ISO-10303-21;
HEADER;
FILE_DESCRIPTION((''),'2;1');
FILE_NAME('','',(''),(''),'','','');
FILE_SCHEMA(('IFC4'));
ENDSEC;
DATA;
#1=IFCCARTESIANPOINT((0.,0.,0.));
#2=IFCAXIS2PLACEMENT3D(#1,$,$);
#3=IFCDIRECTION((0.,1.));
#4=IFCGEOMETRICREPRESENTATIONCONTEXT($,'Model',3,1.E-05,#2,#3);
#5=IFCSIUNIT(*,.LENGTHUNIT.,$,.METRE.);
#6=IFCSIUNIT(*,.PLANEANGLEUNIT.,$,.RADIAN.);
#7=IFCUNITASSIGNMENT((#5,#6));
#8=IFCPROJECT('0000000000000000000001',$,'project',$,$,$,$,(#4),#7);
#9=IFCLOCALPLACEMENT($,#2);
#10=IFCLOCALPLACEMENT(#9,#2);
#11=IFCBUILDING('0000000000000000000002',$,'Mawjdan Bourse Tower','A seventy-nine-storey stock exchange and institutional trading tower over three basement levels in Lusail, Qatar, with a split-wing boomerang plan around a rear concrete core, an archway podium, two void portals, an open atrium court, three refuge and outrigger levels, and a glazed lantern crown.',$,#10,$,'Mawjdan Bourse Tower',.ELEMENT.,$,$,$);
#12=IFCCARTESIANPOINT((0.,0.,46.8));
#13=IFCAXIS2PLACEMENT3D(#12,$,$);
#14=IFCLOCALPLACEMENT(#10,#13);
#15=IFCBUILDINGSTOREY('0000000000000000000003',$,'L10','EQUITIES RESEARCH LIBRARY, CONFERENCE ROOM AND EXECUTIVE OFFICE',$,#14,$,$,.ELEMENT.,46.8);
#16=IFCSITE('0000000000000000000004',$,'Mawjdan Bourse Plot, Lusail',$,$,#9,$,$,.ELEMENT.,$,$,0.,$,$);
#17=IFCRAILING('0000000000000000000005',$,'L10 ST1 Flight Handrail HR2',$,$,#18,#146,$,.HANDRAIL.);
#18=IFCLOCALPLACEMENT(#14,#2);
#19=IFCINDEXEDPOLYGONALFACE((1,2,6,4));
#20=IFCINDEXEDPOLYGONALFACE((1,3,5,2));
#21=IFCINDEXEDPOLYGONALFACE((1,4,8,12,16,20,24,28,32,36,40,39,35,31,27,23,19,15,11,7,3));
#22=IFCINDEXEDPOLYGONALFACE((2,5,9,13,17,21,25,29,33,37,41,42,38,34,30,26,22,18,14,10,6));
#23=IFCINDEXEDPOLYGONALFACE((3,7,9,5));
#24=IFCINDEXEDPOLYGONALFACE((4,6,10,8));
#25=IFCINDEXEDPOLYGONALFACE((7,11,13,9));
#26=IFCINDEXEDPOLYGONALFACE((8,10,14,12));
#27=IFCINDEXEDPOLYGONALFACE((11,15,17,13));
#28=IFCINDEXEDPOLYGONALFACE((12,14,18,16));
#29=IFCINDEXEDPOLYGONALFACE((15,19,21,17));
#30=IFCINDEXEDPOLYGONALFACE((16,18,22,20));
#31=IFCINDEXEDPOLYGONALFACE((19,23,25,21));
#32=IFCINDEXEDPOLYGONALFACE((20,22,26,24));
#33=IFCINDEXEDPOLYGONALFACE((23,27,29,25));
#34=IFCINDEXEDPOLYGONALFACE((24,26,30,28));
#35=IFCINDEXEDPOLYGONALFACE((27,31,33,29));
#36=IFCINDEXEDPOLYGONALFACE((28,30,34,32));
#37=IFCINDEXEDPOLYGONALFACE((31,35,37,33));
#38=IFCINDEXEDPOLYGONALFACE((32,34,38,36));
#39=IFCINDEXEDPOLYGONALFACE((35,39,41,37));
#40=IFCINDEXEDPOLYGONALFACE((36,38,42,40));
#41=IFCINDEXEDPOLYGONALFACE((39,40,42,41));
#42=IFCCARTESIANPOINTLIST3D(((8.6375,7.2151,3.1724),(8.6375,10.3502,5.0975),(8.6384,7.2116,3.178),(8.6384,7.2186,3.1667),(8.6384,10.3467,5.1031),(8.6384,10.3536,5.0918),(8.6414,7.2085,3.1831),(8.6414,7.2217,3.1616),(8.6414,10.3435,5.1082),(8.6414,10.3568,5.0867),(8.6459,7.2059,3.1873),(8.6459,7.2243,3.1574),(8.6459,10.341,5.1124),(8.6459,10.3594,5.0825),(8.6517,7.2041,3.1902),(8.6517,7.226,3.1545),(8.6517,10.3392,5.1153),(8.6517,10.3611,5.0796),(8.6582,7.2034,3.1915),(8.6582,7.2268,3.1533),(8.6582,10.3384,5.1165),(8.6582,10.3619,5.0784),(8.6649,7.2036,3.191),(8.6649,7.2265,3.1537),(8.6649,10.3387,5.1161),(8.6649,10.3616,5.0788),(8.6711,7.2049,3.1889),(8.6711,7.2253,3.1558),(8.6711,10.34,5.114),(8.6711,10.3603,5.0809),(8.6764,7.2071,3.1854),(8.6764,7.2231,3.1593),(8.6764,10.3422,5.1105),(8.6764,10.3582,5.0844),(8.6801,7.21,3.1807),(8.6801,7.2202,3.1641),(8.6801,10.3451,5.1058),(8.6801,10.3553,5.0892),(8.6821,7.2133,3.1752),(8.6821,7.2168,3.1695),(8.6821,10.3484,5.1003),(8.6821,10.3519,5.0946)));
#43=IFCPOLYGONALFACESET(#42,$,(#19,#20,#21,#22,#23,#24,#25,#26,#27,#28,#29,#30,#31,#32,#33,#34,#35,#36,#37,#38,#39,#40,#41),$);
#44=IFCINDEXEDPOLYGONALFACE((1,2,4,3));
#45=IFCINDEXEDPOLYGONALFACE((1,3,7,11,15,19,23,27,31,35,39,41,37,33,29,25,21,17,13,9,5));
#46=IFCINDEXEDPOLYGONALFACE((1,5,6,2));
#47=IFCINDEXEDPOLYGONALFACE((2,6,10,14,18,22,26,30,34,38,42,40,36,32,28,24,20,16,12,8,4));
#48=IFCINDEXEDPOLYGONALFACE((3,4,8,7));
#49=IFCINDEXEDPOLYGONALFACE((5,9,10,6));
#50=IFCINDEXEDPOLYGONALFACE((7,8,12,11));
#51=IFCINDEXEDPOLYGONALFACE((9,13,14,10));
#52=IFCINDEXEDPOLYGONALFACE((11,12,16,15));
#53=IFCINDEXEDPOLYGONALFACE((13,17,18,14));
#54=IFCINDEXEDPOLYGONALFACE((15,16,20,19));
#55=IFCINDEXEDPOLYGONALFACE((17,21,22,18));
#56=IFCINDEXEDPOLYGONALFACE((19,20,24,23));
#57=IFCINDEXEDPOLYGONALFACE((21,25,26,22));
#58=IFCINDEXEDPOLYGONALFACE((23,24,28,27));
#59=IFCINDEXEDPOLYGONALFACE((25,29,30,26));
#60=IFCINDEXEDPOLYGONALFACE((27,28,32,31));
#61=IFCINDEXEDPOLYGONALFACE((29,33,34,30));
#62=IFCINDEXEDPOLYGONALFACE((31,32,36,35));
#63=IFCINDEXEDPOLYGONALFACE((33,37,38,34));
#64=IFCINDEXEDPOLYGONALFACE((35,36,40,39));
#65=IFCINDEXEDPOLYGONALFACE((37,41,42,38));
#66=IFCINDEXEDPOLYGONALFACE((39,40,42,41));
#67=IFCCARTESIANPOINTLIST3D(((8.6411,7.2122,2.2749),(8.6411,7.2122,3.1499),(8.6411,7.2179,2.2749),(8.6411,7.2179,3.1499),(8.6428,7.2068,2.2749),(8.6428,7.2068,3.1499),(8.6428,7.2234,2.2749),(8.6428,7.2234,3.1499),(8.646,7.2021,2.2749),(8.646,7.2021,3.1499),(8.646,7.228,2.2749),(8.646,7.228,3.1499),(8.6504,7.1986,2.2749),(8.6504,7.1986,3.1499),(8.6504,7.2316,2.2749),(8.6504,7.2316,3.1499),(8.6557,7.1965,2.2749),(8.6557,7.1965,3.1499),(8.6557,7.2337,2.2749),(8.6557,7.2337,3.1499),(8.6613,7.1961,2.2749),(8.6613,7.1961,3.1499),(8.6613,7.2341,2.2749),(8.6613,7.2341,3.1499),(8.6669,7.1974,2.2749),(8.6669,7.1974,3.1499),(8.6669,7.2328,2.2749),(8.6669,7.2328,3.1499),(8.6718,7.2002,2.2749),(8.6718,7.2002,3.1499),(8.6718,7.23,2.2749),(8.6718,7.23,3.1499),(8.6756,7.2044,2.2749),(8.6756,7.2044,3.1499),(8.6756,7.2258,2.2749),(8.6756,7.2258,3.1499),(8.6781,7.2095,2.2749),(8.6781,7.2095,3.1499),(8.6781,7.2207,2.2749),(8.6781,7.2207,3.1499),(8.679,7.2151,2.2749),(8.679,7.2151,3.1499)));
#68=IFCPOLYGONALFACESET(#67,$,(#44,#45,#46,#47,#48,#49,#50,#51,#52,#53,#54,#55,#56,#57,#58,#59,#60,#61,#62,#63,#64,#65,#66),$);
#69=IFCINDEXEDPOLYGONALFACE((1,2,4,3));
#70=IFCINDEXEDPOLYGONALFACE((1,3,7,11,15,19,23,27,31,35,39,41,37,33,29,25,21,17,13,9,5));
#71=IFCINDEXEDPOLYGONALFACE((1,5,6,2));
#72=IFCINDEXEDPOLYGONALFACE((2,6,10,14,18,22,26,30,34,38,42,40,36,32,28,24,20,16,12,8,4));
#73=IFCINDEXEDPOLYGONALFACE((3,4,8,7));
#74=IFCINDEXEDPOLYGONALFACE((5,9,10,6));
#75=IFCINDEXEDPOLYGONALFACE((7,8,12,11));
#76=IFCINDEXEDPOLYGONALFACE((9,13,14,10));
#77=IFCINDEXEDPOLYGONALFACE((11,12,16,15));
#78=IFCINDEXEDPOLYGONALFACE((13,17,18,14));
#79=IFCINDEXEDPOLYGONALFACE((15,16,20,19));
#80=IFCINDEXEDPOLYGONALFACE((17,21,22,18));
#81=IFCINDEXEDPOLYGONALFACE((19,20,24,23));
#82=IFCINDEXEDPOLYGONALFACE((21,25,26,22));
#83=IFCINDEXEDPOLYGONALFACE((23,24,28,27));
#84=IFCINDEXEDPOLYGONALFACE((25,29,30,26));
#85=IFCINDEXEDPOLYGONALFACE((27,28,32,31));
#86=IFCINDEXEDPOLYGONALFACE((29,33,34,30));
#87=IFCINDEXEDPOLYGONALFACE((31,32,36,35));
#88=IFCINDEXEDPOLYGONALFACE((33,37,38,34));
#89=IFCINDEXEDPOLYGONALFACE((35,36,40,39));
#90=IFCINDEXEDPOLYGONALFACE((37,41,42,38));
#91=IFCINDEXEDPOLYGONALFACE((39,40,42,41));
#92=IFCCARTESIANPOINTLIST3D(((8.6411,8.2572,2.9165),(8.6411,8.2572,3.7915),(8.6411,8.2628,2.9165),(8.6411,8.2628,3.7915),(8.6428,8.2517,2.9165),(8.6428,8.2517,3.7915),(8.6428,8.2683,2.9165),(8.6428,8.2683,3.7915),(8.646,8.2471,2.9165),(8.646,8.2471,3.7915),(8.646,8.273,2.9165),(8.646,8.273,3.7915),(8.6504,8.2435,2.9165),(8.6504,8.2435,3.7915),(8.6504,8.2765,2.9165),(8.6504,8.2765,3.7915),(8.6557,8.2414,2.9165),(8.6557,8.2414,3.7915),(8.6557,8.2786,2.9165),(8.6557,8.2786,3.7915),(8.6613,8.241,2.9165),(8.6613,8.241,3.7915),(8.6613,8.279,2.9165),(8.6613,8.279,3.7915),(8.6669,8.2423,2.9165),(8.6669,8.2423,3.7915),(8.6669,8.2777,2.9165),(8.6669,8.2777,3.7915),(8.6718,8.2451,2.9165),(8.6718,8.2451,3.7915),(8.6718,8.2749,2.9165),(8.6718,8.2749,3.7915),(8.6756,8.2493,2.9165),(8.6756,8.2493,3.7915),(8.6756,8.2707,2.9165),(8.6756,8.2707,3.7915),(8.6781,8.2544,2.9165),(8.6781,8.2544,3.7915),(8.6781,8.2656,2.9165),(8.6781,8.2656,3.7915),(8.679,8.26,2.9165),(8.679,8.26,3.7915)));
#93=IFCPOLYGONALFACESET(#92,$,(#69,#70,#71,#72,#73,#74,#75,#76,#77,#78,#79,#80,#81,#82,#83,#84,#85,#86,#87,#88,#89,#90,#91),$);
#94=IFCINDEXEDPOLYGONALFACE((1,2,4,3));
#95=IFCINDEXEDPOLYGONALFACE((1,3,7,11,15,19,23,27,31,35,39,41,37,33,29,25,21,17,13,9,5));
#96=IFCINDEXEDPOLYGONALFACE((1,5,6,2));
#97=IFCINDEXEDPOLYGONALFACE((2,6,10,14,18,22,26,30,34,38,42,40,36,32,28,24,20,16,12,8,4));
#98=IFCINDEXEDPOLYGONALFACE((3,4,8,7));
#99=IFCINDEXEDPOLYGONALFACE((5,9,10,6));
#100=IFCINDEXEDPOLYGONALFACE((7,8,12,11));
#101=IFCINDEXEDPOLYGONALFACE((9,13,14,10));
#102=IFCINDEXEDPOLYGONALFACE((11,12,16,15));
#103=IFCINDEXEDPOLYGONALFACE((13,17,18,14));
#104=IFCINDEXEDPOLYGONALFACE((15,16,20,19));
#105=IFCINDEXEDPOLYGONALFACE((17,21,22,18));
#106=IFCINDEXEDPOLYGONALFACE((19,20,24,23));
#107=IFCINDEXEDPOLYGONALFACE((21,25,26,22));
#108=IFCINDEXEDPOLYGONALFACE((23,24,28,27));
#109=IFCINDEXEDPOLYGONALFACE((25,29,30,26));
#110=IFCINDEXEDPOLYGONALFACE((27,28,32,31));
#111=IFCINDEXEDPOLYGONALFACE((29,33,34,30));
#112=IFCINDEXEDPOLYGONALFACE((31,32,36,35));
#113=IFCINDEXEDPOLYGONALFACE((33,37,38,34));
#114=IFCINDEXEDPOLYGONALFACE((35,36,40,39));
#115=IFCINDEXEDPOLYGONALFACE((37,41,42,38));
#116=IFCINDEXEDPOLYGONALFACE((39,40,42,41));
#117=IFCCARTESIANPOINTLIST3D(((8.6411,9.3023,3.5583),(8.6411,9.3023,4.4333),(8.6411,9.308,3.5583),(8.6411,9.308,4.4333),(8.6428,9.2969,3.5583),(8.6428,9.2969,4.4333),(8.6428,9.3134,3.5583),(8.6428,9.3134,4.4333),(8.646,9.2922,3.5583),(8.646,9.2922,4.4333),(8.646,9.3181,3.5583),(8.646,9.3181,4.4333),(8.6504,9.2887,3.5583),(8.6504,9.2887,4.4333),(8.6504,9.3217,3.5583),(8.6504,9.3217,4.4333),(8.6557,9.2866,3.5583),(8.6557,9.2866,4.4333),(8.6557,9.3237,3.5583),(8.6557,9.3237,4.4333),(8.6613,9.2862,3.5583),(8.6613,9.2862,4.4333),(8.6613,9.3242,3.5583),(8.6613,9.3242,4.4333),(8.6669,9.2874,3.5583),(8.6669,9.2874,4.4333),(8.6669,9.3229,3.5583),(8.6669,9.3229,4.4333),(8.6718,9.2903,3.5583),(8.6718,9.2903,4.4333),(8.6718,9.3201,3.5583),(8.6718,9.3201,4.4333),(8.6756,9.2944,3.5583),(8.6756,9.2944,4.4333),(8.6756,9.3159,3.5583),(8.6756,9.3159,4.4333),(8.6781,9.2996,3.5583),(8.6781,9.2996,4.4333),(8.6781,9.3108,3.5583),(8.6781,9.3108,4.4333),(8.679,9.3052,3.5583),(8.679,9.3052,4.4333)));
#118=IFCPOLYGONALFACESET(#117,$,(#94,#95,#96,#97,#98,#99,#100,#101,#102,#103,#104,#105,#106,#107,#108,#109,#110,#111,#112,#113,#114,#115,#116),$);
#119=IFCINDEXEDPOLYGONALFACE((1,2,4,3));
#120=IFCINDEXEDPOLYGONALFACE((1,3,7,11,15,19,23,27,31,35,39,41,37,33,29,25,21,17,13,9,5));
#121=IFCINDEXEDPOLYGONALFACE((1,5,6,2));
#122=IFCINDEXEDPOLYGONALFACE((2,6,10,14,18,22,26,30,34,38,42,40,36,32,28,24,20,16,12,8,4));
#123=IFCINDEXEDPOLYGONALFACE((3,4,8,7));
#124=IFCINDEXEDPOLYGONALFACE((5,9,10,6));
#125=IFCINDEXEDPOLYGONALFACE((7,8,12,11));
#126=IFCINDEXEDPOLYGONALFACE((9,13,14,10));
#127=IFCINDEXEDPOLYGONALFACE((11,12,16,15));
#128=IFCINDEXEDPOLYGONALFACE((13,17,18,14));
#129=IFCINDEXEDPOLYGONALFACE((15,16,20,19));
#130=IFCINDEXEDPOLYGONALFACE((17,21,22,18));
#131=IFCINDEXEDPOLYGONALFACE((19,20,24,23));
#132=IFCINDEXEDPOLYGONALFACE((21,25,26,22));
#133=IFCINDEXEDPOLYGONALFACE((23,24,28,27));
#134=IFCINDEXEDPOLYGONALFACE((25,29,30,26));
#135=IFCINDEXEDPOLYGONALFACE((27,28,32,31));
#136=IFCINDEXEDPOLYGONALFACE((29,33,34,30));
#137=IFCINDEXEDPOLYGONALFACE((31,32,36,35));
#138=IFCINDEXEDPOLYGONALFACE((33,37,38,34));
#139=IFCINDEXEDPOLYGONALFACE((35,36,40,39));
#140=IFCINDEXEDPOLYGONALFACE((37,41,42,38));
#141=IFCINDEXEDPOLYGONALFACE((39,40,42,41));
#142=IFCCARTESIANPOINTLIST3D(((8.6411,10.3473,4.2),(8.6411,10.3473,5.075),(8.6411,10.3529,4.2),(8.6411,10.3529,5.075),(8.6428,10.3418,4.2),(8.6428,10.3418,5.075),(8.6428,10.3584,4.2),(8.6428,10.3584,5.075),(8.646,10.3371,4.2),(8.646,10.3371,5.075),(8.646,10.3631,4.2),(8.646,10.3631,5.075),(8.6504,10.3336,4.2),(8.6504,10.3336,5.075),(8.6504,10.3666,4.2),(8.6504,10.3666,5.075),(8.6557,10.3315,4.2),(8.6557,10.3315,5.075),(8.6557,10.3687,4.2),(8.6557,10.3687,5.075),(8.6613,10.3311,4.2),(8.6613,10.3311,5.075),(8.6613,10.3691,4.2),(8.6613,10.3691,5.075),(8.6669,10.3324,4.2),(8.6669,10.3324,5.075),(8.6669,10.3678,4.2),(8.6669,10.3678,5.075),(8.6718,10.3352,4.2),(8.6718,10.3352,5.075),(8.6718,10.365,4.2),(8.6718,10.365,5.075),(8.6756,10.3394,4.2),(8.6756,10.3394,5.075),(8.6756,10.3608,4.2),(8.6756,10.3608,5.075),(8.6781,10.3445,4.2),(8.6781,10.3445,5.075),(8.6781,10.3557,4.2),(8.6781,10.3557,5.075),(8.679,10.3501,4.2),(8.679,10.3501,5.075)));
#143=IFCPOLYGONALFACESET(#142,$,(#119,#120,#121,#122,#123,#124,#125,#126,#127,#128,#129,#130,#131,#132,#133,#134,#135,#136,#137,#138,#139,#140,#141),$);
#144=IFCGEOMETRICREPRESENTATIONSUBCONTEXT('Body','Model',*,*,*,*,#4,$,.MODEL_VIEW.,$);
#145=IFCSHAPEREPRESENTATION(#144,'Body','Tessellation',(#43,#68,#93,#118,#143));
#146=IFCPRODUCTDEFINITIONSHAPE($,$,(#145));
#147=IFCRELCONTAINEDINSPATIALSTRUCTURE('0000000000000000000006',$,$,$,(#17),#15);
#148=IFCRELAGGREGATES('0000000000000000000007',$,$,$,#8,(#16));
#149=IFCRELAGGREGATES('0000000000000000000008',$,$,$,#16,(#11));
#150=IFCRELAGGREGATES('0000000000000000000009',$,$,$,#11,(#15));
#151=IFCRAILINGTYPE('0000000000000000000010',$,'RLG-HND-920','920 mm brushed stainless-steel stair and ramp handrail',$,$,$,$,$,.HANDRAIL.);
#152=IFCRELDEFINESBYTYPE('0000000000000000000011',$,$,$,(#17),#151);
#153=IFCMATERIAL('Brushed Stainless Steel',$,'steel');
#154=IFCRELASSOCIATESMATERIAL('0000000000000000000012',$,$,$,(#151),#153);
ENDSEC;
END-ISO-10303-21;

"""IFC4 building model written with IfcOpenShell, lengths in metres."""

from ifc_helpers import new_model, si_unit, direction, frame, origin, origin_2d, place, context, subcontext, project, spatial, circle, extrude, material, type_object, element, save


model = new_model("IFC4")

# Units and contexts
model_context = context("Model", 3, precision=1e-05, world=origin(), true_north=direction((0.0, 1.0)))
body_context = subcontext(model_context, "Body", "Model", "MODEL_VIEW")
ifc_project = project(units=[si_unit("LENGTHUNIT", "METRE"), si_unit("PLANEANGLEUNIT", "RADIAN")], contexts=[model_context])

# Site, building, storey
site_placement = place(None, origin())
site = spatial("IfcSite", under=ifc_project, at=site_placement, Name="Mawjdan Bourse Plot, Lusail", CompositionType="ELEMENT", RefElevation=0.0)
building_placement = place(site_placement, origin())
building = spatial("IfcBuilding", under=site, at=building_placement, Name="Mawjdan Bourse Tower", Description="A seventy-nine-storey stock exchange and institutional trading tower over three basement levels in Lusail, Qatar, with a split-wing boomerang plan around a rear concrete core, an archway podium, two void portals, an open atrium court, three refuge and outrigger levels, and a glazed lantern crown.", LongName="Mawjdan Bourse Tower", CompositionType="ELEMENT")
storey_placement = place(building_placement, frame((0.0, 0.0, 46.8)))
storey = spatial("IfcBuildingStorey", under=building, at=storey_placement, Name="L10", Description="EQUITIES RESEARCH LIBRARY, CONFERENCE ROOM AND EXECUTIVE OFFICE", CompositionType="ELEMENT", Elevation=46.8)

# Shared definitions
ifc_material_1 = material(Name="Brushed Stainless Steel", Category="steel")

# Railing
railing_type = type_object("IfcRailingType", Name="RLG-HND-920", Description="920 mm brushed stainless-steel stair and ramp handrail", PredefinedType="HANDRAIL", material=ifc_material_1)
railing_1_placement = place(storey_placement, frame((8.6599, 7.2151, 2.2749)))
element("IfcRailing", 1, at=railing_1_placement, inside=storey, type_object=railing_type, Name="L10 ST1 Flight Handrail HR2", PredefinedType="HANDRAIL", context=body_context, shape_type="SweptSolid", body=[
    extrude(circle(Radius=0.0225, at=origin_2d()), frame((0.0, 0.0, 0.8975), z_axis=(0.0, 0.852166, 0.523271), x_axis=(-1.0, 0.0, 0.0)), (0.0, 0.0, 1.0), 3.679),
    extrude(circle(Radius=0.019, at=origin_2d()), origin(), (0.0, 0.0, 1.0), 0.875),
    extrude(circle(Radius=0.019, at=origin_2d()), frame((0.0, 1.0449, 0.6416)), (0.0, 0.0, 1.0), 0.875),
    extrude(circle(Radius=0.019, at=origin_2d()), frame((0.0, 2.0901, 1.2834)), (0.0, 0.0, 1.0), 0.875),
    extrude(circle(Radius=0.019, at=origin_2d()), frame((0.0, 3.135, 1.925)), (0.0, 0.0, 1.0), 0.875),
])

save(model, "model.ifc")
